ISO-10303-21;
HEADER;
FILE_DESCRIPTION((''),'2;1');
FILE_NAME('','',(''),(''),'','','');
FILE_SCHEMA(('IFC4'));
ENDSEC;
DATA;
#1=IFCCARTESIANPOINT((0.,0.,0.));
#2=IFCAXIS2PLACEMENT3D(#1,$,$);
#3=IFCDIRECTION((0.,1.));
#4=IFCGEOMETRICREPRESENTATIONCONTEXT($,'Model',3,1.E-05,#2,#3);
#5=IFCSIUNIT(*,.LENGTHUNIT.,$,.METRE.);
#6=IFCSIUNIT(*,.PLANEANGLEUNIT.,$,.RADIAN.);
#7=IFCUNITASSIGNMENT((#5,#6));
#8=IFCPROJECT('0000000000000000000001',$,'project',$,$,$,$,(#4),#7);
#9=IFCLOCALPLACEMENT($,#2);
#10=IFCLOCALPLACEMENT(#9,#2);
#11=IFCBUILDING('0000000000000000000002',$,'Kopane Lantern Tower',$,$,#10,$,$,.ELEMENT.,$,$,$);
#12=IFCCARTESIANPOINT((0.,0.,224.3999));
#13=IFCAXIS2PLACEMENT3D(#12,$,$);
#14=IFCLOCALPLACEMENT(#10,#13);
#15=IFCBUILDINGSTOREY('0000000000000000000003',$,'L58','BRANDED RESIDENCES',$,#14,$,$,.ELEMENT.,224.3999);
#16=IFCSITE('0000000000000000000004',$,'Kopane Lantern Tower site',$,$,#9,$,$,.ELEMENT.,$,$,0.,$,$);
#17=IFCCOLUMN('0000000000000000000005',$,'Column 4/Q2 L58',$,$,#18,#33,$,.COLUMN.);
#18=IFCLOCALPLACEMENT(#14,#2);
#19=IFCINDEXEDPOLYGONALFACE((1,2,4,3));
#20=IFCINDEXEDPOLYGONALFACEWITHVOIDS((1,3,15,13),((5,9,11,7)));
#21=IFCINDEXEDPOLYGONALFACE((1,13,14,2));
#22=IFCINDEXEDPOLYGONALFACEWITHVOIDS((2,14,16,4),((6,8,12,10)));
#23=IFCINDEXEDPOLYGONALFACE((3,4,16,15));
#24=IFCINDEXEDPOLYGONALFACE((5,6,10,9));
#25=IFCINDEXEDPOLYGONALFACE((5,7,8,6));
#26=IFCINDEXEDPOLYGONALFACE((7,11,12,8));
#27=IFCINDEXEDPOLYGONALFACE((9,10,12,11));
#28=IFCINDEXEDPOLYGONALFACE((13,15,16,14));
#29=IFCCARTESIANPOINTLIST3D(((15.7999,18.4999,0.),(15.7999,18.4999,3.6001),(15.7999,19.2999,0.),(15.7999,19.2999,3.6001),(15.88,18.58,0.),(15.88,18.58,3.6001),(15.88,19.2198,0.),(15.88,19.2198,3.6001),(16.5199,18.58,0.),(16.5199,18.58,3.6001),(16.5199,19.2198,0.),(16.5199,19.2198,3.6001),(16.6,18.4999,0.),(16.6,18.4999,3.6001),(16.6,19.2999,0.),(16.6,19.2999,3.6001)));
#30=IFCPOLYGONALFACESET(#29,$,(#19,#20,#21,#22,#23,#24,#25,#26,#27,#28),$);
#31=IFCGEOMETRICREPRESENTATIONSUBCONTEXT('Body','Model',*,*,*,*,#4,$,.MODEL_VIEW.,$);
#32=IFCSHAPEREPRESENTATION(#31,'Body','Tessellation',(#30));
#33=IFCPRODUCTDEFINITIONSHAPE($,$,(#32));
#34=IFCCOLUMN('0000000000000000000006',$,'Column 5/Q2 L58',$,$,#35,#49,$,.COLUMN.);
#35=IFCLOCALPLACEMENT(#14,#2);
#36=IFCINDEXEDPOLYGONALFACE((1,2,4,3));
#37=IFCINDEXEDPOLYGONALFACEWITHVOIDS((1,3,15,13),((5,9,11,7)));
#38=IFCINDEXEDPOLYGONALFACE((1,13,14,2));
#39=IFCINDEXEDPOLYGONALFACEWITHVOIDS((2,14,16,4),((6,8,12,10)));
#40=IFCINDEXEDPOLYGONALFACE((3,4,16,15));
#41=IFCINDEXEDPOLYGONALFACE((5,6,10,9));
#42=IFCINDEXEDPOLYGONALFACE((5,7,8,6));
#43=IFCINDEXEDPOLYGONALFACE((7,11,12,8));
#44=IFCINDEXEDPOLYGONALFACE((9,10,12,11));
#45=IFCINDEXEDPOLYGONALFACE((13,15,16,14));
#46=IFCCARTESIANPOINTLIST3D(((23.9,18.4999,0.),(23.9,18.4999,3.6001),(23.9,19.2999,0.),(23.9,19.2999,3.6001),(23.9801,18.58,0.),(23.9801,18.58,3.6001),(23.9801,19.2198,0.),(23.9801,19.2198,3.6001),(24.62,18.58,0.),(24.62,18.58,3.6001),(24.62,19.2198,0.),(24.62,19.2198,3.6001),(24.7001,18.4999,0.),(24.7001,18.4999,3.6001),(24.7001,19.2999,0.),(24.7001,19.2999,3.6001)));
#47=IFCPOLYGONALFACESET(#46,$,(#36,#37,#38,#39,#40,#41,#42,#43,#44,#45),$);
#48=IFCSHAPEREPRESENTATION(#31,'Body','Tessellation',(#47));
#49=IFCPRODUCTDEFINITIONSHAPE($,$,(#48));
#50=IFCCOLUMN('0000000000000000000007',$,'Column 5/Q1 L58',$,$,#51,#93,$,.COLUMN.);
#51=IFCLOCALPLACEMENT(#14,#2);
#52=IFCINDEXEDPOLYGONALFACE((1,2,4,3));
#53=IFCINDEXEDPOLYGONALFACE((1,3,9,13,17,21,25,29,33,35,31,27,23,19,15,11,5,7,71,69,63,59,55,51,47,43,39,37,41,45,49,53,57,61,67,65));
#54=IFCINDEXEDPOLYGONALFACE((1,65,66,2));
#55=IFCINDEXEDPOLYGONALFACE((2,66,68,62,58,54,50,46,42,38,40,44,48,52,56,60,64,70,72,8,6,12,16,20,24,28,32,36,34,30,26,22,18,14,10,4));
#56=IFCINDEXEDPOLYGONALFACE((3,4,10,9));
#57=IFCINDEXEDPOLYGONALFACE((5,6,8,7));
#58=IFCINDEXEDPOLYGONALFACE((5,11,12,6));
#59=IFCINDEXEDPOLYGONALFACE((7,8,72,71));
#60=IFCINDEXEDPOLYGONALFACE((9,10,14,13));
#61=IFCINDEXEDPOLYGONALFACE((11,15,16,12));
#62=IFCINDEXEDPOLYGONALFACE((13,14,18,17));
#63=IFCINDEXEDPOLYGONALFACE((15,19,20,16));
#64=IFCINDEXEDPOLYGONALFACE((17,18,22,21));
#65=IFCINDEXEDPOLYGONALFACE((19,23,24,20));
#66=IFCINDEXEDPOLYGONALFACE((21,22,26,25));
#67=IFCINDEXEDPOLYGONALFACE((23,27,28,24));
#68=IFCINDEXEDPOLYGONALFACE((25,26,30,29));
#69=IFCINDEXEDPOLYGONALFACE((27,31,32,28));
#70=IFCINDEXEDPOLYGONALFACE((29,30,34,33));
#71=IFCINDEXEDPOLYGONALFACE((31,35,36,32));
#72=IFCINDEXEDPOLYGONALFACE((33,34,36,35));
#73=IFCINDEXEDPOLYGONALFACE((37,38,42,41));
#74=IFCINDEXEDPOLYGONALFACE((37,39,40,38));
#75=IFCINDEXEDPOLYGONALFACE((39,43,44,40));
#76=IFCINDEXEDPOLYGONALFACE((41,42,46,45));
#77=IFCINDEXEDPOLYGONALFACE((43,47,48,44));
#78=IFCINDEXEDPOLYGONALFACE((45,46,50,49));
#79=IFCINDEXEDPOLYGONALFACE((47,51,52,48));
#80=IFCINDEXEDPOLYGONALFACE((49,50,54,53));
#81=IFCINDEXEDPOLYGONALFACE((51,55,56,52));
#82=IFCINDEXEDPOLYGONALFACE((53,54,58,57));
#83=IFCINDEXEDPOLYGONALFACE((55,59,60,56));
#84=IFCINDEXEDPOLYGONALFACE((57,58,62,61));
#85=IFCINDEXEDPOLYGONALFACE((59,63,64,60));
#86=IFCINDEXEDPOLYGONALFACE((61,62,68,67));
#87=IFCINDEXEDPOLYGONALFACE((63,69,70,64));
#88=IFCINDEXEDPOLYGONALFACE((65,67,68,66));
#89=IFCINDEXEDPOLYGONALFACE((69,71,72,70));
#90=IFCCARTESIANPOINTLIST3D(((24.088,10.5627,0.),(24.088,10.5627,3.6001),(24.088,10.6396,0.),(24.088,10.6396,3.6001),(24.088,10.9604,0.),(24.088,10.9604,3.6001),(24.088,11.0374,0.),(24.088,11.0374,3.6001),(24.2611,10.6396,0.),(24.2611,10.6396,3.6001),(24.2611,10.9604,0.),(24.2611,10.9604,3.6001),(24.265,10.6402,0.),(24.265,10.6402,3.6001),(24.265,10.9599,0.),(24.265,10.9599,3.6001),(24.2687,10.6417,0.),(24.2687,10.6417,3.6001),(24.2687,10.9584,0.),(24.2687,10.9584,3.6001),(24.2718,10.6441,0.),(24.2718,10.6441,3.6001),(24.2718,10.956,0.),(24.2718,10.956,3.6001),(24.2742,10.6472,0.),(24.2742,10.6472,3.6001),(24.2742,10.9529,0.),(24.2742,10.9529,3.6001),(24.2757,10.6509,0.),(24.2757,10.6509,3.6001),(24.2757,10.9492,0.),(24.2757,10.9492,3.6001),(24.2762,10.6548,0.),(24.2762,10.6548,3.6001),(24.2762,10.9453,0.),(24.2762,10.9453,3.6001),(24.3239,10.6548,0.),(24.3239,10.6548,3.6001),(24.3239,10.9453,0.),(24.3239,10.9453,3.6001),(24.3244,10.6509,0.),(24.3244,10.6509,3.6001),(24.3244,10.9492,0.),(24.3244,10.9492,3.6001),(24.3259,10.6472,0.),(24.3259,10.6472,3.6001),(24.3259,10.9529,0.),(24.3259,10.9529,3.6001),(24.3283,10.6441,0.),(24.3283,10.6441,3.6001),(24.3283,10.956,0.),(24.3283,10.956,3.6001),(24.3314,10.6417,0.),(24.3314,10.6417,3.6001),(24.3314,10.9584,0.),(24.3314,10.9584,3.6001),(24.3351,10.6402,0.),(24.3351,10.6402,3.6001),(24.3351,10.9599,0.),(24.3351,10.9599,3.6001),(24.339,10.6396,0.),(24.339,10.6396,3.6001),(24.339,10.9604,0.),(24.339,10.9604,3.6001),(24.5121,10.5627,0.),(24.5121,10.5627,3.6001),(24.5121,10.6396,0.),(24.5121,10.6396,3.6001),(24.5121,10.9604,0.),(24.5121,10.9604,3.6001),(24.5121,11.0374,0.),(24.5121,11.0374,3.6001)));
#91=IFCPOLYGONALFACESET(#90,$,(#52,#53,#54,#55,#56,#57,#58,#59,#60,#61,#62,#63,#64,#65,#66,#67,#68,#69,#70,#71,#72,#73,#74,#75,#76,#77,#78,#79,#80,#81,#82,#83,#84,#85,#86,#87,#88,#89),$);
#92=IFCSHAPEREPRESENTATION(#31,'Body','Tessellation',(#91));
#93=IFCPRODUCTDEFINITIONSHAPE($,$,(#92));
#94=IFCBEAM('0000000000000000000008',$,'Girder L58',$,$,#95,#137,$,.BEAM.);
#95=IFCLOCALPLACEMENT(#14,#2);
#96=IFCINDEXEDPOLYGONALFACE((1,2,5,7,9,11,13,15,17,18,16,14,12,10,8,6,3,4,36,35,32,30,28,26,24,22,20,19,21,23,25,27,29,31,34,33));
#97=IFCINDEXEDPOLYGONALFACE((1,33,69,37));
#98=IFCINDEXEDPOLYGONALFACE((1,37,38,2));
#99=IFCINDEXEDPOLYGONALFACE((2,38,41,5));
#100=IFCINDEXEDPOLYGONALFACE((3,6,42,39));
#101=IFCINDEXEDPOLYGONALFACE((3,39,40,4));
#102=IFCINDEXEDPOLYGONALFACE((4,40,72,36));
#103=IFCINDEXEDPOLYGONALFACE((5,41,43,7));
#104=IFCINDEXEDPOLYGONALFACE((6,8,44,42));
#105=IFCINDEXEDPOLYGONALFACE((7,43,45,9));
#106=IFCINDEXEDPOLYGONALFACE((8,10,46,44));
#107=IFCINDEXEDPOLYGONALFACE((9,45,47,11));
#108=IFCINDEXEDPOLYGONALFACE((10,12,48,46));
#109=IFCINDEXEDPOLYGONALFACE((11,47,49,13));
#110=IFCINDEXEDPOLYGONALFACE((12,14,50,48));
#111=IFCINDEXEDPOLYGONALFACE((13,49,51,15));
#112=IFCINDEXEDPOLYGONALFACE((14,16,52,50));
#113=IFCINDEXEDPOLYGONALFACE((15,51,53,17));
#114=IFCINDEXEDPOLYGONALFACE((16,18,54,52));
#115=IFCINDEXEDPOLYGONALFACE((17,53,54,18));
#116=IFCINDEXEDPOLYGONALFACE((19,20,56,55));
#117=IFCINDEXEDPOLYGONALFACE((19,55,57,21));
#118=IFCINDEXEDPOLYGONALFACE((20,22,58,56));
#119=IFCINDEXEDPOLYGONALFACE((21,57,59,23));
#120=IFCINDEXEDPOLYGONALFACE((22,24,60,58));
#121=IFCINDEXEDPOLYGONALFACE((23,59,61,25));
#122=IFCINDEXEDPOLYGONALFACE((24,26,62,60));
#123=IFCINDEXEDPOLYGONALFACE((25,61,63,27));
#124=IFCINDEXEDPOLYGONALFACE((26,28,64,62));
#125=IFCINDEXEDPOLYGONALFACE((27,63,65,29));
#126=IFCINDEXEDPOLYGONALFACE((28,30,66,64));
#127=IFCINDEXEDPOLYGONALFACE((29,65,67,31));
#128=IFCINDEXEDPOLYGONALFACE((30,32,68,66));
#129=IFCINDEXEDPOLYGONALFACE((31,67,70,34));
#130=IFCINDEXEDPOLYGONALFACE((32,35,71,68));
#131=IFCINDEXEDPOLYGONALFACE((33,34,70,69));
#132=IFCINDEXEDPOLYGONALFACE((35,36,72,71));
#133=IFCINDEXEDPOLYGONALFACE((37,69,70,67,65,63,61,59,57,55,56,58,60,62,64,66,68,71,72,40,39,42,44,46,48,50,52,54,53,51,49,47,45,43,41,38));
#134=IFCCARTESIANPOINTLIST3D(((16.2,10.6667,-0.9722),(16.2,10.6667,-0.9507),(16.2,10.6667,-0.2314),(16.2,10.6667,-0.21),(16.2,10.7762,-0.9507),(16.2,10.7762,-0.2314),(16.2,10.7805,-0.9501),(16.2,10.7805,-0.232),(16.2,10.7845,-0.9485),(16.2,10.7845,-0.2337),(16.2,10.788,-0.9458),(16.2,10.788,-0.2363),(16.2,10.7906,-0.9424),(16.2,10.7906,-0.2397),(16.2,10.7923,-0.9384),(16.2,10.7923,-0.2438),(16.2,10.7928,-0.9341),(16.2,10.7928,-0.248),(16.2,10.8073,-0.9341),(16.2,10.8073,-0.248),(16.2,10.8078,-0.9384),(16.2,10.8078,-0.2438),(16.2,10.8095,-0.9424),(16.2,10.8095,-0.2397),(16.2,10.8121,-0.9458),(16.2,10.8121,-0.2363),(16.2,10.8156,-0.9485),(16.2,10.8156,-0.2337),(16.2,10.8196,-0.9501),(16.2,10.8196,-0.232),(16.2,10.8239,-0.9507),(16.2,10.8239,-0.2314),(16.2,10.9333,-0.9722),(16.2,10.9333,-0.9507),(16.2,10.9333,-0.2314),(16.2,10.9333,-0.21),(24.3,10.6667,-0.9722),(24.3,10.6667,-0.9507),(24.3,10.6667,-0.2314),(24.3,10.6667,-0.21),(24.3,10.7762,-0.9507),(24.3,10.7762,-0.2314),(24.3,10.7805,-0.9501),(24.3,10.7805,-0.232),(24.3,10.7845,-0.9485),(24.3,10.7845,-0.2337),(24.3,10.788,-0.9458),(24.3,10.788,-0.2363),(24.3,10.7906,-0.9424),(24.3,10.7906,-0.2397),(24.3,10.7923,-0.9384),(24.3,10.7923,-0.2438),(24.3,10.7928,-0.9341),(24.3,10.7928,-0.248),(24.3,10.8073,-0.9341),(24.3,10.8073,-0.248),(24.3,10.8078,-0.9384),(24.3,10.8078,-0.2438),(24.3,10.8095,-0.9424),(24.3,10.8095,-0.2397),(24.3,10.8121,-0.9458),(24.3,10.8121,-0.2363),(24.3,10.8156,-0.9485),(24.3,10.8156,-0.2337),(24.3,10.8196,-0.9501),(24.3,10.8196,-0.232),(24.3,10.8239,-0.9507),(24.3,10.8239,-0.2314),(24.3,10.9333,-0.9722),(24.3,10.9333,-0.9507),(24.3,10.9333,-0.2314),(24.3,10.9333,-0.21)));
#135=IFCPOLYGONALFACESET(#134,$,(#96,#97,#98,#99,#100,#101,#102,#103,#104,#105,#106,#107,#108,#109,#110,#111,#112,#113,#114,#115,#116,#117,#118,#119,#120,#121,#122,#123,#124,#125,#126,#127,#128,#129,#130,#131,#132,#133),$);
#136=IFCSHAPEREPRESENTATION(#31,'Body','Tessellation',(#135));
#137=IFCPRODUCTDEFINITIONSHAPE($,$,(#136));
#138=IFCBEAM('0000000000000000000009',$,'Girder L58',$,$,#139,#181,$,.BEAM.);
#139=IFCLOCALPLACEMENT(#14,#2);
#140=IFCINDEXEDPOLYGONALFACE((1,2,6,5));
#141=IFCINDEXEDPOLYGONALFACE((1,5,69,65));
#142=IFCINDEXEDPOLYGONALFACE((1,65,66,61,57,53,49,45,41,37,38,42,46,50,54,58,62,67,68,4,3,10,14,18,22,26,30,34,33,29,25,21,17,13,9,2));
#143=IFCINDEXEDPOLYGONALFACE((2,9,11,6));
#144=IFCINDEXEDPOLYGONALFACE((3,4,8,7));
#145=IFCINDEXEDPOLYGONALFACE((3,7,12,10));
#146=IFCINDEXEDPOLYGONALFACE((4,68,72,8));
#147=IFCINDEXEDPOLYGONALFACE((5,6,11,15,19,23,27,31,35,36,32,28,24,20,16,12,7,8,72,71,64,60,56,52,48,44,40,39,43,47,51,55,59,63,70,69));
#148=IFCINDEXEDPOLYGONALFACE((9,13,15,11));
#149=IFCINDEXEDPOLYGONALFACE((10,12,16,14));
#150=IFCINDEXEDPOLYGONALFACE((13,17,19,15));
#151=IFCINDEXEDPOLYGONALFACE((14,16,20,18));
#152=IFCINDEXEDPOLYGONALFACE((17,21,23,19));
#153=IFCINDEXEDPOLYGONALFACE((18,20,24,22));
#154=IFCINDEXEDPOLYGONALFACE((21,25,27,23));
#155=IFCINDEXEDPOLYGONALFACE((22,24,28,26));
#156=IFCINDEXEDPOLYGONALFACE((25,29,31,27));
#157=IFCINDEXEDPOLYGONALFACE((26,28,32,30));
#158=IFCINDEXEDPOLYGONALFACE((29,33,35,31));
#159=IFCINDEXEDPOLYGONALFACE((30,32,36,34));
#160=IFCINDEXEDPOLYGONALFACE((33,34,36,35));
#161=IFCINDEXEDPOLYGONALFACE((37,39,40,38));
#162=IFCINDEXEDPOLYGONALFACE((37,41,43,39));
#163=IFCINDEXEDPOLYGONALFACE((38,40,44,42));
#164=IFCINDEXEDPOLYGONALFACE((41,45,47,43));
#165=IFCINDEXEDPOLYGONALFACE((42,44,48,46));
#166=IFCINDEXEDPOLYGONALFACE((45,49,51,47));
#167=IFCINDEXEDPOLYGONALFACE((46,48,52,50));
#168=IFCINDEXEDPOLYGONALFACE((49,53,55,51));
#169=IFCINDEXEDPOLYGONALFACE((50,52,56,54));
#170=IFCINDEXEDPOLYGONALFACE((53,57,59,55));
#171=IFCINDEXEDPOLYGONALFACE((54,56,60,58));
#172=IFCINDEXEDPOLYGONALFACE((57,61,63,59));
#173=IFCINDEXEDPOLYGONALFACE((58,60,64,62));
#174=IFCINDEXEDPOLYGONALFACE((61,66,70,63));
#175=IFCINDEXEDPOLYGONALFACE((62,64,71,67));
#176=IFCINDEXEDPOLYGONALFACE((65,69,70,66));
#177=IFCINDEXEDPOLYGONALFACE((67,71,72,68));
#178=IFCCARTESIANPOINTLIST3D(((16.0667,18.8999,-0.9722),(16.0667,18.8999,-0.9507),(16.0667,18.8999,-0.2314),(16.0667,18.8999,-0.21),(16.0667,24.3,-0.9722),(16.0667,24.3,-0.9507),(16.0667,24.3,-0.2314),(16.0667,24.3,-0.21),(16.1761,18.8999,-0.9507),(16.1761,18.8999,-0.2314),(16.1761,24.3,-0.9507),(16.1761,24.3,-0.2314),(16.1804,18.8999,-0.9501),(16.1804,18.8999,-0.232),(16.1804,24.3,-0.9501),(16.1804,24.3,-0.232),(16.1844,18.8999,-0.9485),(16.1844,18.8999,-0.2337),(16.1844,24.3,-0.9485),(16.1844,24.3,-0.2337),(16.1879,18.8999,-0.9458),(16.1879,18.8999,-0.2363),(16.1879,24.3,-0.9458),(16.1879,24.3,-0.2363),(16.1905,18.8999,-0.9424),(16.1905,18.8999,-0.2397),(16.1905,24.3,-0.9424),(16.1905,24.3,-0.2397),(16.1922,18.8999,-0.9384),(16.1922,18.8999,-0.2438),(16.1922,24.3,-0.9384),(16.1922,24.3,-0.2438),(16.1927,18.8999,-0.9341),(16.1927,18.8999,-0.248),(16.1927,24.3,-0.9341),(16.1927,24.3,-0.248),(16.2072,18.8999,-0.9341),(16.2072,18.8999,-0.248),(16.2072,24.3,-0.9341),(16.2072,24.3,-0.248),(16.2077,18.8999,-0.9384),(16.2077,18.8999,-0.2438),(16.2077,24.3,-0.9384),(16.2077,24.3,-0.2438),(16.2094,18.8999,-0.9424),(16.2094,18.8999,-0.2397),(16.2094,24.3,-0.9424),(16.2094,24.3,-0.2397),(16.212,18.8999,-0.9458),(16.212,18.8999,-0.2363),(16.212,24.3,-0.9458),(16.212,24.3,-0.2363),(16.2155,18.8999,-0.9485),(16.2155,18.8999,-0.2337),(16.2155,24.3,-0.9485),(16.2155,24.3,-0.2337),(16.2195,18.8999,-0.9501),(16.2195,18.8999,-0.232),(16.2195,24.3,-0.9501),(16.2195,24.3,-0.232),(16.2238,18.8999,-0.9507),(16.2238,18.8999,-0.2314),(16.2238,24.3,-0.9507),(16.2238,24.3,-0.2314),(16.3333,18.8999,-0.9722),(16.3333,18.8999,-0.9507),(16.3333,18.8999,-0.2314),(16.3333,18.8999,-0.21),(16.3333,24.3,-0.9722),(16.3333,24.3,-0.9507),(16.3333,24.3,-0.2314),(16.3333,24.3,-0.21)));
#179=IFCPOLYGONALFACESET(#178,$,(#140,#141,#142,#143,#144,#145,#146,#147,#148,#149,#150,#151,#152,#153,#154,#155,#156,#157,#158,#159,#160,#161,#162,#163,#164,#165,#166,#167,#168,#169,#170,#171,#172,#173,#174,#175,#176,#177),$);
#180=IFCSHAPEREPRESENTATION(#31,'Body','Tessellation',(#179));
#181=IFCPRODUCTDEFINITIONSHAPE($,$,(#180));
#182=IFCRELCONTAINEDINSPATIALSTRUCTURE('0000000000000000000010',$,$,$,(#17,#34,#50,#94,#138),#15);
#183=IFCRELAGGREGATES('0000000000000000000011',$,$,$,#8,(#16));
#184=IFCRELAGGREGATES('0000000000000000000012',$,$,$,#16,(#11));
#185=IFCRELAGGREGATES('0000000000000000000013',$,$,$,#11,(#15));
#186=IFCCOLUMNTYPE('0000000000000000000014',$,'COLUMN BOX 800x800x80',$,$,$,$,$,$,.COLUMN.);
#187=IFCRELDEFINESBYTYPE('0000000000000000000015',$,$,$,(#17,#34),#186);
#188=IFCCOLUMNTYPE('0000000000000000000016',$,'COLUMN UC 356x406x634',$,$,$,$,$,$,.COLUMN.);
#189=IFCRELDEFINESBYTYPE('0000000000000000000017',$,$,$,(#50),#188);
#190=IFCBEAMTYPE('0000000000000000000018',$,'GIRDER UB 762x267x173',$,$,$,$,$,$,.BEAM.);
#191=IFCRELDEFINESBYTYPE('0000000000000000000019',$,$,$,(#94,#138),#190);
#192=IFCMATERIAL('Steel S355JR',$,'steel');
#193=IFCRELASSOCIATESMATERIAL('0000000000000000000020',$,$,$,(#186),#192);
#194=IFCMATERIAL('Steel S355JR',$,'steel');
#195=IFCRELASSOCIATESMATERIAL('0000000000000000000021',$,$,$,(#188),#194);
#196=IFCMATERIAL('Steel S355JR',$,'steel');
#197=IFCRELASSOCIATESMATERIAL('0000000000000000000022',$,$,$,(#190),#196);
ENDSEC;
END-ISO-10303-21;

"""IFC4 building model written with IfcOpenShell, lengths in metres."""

from ifc_helpers import new_model, si_unit, direction, frame, origin, origin_2d, place, context, subcontext, project, spatial, hollow_rectangle, i_section, extrude, material, material_profile, profile_set, type_object, element, save


model = new_model("IFC4")

# Units and contexts
model_context = context("Model", 3, precision=1e-05, world=origin(), true_north=direction((0.0, 1.0)))
body_context = subcontext(model_context, "Body", "Model", "MODEL_VIEW")
ifc_project = project(units=[si_unit("LENGTHUNIT", "METRE"), si_unit("PLANEANGLEUNIT", "RADIAN")], contexts=[model_context])

# Site, building, storey
site_placement = place(None, origin())
site = spatial("IfcSite", under=ifc_project, at=site_placement, Name="Kopane Lantern Tower site", CompositionType="ELEMENT", RefElevation=0.0)
building_placement = place(site_placement, origin())
building = spatial("IfcBuilding", under=site, at=building_placement, Name="Kopane Lantern Tower", CompositionType="ELEMENT")
storey_placement = place(building_placement, frame((0.0, 0.0, 224.3999)))
storey = spatial("IfcBuildingStorey", under=building, at=storey_placement, Name="L58", Description="BRANDED RESIDENCES", CompositionType="ELEMENT", Elevation=224.3999)

# Columns
ifc_material_1 = material(Name="Steel S355JR", Category="steel")
ifc_material_profile_1 = material_profile(ifc_material_1, hollow_rectangle(XDim=0.8, YDim=0.8, WallThickness=0.0801, at=origin_2d()), Name="BOX 800x800x80")
ifc_profile_set_1 = profile_set([ifc_material_profile_1], Name="Steel S355JR")
column_type_1 = type_object("IfcColumnType", Name="COLUMN BOX 800x800x80", PredefinedType="COLUMN", material=ifc_profile_set_1)
for number, where, z_axis, x_axis, name in (
    (1, (16.2, 18.8999, 0.0), (0.0, 0.0, 1.0), (1.0, 0.0, 0.0), "Column 4/Q2 L58"),
    (2, (24.3, 18.8999, 0.0), (0.0, 0.0, 1.0), (1.0, 0.0, 0.0), "Column 5/Q2 L58"),
):
    element("IfcColumn", number, at=place(storey_placement, frame(where, z_axis=z_axis, x_axis=x_axis)), inside=storey, type_object=column_type_1, Name=name, PredefinedType="COLUMN", context=body_context, shape_type="SweptSolid", body=[
        extrude(hollow_rectangle(XDim=0.8, YDim=0.8, WallThickness=0.0801, at=origin_2d()), origin(), (0.0, 0.0, 1.0), 3.6001),
    ])
ifc_material_2 = material(Name="Steel S355JR", Category="steel")
ifc_material_profile_2 = material_profile(ifc_material_2, i_section(OverallWidth=0.4241, OverallDepth=0.4746, WebThickness=0.0476, FlangeThickness=0.0769, FilletRadius=0.0151, at=origin_2d()), Name="UC 356x406x634")
ifc_profile_set_2 = profile_set([ifc_material_profile_2], Name="Steel S355JR")
column_type_2 = type_object("IfcColumnType", Name="COLUMN UC 356x406x634", PredefinedType="COLUMN", material=ifc_profile_set_2)
column_placement = place(storey_placement, frame((24.3, 10.8, 0.0), z_axis=(0.0, 0.0, 1.0), x_axis=(1.0, 0.0, 0.0)))
element("IfcColumn", 3, at=column_placement, inside=storey, type_object=column_type_2, Name="Column 5/Q1 L58", PredefinedType="COLUMN", context=body_context, shape_type="SweptSolid", body=[
    extrude(i_section(OverallWidth=0.4241, OverallDepth=0.4746, WebThickness=0.0476, FlangeThickness=0.0769, FilletRadius=0.0151, at=origin_2d()), origin(), (0.0, 0.0, 1.0), 3.6001),
])

# Beams
ifc_material_3 = material(Name="Steel S355JR", Category="steel")
ifc_material_profile_3 = material_profile(ifc_material_3, i_section(OverallWidth=0.2666, OverallDepth=0.7622, WebThickness=0.0144, FlangeThickness=0.0215, FilletRadius=0.0166, at=origin_2d()), Name="UB 762x267x173")
ifc_profile_set_3 = profile_set([ifc_material_profile_3], Name="Steel S355JR")
beam_type = type_object("IfcBeamType", Name="GIRDER UB 762x267x173", PredefinedType="BEAM", material=ifc_profile_set_3)
beam_1_placement = place(storey_placement, frame((16.2, 10.8, -0.5911), z_axis=(1.0, 0.0, 0.0), x_axis=(0.0, 1.0, 0.0)))
element("IfcBeam", 4, at=beam_1_placement, inside=storey, type_object=beam_type, Name="Girder L58", PredefinedType="BEAM", context=body_context, shape_type="SweptSolid", body=[
    extrude(i_section(OverallWidth=0.2666, OverallDepth=0.7622, WebThickness=0.0144, FlangeThickness=0.0215, FilletRadius=0.0166, at=origin_2d()), origin(), (0.0, 0.0, 1.0), 8.1001),
])
beam_2_placement = place(storey_placement, frame((16.2, 18.8999, -0.5911), z_axis=(0.0, 1.0, 0.0), x_axis=(-1.0, 0.0, 0.0)))
element("IfcBeam", 5, at=beam_2_placement, inside=storey, type_object=beam_type, Name="Girder L58", PredefinedType="BEAM", context=body_context, shape_type="SweptSolid", body=[
    extrude(i_section(OverallWidth=0.2666, OverallDepth=0.7622, WebThickness=0.0144, FlangeThickness=0.0215, FilletRadius=0.0166, at=origin_2d()), origin(), (0.0, 0.0, 1.0), 5.4001),
])

save(model, "model.ifc")
